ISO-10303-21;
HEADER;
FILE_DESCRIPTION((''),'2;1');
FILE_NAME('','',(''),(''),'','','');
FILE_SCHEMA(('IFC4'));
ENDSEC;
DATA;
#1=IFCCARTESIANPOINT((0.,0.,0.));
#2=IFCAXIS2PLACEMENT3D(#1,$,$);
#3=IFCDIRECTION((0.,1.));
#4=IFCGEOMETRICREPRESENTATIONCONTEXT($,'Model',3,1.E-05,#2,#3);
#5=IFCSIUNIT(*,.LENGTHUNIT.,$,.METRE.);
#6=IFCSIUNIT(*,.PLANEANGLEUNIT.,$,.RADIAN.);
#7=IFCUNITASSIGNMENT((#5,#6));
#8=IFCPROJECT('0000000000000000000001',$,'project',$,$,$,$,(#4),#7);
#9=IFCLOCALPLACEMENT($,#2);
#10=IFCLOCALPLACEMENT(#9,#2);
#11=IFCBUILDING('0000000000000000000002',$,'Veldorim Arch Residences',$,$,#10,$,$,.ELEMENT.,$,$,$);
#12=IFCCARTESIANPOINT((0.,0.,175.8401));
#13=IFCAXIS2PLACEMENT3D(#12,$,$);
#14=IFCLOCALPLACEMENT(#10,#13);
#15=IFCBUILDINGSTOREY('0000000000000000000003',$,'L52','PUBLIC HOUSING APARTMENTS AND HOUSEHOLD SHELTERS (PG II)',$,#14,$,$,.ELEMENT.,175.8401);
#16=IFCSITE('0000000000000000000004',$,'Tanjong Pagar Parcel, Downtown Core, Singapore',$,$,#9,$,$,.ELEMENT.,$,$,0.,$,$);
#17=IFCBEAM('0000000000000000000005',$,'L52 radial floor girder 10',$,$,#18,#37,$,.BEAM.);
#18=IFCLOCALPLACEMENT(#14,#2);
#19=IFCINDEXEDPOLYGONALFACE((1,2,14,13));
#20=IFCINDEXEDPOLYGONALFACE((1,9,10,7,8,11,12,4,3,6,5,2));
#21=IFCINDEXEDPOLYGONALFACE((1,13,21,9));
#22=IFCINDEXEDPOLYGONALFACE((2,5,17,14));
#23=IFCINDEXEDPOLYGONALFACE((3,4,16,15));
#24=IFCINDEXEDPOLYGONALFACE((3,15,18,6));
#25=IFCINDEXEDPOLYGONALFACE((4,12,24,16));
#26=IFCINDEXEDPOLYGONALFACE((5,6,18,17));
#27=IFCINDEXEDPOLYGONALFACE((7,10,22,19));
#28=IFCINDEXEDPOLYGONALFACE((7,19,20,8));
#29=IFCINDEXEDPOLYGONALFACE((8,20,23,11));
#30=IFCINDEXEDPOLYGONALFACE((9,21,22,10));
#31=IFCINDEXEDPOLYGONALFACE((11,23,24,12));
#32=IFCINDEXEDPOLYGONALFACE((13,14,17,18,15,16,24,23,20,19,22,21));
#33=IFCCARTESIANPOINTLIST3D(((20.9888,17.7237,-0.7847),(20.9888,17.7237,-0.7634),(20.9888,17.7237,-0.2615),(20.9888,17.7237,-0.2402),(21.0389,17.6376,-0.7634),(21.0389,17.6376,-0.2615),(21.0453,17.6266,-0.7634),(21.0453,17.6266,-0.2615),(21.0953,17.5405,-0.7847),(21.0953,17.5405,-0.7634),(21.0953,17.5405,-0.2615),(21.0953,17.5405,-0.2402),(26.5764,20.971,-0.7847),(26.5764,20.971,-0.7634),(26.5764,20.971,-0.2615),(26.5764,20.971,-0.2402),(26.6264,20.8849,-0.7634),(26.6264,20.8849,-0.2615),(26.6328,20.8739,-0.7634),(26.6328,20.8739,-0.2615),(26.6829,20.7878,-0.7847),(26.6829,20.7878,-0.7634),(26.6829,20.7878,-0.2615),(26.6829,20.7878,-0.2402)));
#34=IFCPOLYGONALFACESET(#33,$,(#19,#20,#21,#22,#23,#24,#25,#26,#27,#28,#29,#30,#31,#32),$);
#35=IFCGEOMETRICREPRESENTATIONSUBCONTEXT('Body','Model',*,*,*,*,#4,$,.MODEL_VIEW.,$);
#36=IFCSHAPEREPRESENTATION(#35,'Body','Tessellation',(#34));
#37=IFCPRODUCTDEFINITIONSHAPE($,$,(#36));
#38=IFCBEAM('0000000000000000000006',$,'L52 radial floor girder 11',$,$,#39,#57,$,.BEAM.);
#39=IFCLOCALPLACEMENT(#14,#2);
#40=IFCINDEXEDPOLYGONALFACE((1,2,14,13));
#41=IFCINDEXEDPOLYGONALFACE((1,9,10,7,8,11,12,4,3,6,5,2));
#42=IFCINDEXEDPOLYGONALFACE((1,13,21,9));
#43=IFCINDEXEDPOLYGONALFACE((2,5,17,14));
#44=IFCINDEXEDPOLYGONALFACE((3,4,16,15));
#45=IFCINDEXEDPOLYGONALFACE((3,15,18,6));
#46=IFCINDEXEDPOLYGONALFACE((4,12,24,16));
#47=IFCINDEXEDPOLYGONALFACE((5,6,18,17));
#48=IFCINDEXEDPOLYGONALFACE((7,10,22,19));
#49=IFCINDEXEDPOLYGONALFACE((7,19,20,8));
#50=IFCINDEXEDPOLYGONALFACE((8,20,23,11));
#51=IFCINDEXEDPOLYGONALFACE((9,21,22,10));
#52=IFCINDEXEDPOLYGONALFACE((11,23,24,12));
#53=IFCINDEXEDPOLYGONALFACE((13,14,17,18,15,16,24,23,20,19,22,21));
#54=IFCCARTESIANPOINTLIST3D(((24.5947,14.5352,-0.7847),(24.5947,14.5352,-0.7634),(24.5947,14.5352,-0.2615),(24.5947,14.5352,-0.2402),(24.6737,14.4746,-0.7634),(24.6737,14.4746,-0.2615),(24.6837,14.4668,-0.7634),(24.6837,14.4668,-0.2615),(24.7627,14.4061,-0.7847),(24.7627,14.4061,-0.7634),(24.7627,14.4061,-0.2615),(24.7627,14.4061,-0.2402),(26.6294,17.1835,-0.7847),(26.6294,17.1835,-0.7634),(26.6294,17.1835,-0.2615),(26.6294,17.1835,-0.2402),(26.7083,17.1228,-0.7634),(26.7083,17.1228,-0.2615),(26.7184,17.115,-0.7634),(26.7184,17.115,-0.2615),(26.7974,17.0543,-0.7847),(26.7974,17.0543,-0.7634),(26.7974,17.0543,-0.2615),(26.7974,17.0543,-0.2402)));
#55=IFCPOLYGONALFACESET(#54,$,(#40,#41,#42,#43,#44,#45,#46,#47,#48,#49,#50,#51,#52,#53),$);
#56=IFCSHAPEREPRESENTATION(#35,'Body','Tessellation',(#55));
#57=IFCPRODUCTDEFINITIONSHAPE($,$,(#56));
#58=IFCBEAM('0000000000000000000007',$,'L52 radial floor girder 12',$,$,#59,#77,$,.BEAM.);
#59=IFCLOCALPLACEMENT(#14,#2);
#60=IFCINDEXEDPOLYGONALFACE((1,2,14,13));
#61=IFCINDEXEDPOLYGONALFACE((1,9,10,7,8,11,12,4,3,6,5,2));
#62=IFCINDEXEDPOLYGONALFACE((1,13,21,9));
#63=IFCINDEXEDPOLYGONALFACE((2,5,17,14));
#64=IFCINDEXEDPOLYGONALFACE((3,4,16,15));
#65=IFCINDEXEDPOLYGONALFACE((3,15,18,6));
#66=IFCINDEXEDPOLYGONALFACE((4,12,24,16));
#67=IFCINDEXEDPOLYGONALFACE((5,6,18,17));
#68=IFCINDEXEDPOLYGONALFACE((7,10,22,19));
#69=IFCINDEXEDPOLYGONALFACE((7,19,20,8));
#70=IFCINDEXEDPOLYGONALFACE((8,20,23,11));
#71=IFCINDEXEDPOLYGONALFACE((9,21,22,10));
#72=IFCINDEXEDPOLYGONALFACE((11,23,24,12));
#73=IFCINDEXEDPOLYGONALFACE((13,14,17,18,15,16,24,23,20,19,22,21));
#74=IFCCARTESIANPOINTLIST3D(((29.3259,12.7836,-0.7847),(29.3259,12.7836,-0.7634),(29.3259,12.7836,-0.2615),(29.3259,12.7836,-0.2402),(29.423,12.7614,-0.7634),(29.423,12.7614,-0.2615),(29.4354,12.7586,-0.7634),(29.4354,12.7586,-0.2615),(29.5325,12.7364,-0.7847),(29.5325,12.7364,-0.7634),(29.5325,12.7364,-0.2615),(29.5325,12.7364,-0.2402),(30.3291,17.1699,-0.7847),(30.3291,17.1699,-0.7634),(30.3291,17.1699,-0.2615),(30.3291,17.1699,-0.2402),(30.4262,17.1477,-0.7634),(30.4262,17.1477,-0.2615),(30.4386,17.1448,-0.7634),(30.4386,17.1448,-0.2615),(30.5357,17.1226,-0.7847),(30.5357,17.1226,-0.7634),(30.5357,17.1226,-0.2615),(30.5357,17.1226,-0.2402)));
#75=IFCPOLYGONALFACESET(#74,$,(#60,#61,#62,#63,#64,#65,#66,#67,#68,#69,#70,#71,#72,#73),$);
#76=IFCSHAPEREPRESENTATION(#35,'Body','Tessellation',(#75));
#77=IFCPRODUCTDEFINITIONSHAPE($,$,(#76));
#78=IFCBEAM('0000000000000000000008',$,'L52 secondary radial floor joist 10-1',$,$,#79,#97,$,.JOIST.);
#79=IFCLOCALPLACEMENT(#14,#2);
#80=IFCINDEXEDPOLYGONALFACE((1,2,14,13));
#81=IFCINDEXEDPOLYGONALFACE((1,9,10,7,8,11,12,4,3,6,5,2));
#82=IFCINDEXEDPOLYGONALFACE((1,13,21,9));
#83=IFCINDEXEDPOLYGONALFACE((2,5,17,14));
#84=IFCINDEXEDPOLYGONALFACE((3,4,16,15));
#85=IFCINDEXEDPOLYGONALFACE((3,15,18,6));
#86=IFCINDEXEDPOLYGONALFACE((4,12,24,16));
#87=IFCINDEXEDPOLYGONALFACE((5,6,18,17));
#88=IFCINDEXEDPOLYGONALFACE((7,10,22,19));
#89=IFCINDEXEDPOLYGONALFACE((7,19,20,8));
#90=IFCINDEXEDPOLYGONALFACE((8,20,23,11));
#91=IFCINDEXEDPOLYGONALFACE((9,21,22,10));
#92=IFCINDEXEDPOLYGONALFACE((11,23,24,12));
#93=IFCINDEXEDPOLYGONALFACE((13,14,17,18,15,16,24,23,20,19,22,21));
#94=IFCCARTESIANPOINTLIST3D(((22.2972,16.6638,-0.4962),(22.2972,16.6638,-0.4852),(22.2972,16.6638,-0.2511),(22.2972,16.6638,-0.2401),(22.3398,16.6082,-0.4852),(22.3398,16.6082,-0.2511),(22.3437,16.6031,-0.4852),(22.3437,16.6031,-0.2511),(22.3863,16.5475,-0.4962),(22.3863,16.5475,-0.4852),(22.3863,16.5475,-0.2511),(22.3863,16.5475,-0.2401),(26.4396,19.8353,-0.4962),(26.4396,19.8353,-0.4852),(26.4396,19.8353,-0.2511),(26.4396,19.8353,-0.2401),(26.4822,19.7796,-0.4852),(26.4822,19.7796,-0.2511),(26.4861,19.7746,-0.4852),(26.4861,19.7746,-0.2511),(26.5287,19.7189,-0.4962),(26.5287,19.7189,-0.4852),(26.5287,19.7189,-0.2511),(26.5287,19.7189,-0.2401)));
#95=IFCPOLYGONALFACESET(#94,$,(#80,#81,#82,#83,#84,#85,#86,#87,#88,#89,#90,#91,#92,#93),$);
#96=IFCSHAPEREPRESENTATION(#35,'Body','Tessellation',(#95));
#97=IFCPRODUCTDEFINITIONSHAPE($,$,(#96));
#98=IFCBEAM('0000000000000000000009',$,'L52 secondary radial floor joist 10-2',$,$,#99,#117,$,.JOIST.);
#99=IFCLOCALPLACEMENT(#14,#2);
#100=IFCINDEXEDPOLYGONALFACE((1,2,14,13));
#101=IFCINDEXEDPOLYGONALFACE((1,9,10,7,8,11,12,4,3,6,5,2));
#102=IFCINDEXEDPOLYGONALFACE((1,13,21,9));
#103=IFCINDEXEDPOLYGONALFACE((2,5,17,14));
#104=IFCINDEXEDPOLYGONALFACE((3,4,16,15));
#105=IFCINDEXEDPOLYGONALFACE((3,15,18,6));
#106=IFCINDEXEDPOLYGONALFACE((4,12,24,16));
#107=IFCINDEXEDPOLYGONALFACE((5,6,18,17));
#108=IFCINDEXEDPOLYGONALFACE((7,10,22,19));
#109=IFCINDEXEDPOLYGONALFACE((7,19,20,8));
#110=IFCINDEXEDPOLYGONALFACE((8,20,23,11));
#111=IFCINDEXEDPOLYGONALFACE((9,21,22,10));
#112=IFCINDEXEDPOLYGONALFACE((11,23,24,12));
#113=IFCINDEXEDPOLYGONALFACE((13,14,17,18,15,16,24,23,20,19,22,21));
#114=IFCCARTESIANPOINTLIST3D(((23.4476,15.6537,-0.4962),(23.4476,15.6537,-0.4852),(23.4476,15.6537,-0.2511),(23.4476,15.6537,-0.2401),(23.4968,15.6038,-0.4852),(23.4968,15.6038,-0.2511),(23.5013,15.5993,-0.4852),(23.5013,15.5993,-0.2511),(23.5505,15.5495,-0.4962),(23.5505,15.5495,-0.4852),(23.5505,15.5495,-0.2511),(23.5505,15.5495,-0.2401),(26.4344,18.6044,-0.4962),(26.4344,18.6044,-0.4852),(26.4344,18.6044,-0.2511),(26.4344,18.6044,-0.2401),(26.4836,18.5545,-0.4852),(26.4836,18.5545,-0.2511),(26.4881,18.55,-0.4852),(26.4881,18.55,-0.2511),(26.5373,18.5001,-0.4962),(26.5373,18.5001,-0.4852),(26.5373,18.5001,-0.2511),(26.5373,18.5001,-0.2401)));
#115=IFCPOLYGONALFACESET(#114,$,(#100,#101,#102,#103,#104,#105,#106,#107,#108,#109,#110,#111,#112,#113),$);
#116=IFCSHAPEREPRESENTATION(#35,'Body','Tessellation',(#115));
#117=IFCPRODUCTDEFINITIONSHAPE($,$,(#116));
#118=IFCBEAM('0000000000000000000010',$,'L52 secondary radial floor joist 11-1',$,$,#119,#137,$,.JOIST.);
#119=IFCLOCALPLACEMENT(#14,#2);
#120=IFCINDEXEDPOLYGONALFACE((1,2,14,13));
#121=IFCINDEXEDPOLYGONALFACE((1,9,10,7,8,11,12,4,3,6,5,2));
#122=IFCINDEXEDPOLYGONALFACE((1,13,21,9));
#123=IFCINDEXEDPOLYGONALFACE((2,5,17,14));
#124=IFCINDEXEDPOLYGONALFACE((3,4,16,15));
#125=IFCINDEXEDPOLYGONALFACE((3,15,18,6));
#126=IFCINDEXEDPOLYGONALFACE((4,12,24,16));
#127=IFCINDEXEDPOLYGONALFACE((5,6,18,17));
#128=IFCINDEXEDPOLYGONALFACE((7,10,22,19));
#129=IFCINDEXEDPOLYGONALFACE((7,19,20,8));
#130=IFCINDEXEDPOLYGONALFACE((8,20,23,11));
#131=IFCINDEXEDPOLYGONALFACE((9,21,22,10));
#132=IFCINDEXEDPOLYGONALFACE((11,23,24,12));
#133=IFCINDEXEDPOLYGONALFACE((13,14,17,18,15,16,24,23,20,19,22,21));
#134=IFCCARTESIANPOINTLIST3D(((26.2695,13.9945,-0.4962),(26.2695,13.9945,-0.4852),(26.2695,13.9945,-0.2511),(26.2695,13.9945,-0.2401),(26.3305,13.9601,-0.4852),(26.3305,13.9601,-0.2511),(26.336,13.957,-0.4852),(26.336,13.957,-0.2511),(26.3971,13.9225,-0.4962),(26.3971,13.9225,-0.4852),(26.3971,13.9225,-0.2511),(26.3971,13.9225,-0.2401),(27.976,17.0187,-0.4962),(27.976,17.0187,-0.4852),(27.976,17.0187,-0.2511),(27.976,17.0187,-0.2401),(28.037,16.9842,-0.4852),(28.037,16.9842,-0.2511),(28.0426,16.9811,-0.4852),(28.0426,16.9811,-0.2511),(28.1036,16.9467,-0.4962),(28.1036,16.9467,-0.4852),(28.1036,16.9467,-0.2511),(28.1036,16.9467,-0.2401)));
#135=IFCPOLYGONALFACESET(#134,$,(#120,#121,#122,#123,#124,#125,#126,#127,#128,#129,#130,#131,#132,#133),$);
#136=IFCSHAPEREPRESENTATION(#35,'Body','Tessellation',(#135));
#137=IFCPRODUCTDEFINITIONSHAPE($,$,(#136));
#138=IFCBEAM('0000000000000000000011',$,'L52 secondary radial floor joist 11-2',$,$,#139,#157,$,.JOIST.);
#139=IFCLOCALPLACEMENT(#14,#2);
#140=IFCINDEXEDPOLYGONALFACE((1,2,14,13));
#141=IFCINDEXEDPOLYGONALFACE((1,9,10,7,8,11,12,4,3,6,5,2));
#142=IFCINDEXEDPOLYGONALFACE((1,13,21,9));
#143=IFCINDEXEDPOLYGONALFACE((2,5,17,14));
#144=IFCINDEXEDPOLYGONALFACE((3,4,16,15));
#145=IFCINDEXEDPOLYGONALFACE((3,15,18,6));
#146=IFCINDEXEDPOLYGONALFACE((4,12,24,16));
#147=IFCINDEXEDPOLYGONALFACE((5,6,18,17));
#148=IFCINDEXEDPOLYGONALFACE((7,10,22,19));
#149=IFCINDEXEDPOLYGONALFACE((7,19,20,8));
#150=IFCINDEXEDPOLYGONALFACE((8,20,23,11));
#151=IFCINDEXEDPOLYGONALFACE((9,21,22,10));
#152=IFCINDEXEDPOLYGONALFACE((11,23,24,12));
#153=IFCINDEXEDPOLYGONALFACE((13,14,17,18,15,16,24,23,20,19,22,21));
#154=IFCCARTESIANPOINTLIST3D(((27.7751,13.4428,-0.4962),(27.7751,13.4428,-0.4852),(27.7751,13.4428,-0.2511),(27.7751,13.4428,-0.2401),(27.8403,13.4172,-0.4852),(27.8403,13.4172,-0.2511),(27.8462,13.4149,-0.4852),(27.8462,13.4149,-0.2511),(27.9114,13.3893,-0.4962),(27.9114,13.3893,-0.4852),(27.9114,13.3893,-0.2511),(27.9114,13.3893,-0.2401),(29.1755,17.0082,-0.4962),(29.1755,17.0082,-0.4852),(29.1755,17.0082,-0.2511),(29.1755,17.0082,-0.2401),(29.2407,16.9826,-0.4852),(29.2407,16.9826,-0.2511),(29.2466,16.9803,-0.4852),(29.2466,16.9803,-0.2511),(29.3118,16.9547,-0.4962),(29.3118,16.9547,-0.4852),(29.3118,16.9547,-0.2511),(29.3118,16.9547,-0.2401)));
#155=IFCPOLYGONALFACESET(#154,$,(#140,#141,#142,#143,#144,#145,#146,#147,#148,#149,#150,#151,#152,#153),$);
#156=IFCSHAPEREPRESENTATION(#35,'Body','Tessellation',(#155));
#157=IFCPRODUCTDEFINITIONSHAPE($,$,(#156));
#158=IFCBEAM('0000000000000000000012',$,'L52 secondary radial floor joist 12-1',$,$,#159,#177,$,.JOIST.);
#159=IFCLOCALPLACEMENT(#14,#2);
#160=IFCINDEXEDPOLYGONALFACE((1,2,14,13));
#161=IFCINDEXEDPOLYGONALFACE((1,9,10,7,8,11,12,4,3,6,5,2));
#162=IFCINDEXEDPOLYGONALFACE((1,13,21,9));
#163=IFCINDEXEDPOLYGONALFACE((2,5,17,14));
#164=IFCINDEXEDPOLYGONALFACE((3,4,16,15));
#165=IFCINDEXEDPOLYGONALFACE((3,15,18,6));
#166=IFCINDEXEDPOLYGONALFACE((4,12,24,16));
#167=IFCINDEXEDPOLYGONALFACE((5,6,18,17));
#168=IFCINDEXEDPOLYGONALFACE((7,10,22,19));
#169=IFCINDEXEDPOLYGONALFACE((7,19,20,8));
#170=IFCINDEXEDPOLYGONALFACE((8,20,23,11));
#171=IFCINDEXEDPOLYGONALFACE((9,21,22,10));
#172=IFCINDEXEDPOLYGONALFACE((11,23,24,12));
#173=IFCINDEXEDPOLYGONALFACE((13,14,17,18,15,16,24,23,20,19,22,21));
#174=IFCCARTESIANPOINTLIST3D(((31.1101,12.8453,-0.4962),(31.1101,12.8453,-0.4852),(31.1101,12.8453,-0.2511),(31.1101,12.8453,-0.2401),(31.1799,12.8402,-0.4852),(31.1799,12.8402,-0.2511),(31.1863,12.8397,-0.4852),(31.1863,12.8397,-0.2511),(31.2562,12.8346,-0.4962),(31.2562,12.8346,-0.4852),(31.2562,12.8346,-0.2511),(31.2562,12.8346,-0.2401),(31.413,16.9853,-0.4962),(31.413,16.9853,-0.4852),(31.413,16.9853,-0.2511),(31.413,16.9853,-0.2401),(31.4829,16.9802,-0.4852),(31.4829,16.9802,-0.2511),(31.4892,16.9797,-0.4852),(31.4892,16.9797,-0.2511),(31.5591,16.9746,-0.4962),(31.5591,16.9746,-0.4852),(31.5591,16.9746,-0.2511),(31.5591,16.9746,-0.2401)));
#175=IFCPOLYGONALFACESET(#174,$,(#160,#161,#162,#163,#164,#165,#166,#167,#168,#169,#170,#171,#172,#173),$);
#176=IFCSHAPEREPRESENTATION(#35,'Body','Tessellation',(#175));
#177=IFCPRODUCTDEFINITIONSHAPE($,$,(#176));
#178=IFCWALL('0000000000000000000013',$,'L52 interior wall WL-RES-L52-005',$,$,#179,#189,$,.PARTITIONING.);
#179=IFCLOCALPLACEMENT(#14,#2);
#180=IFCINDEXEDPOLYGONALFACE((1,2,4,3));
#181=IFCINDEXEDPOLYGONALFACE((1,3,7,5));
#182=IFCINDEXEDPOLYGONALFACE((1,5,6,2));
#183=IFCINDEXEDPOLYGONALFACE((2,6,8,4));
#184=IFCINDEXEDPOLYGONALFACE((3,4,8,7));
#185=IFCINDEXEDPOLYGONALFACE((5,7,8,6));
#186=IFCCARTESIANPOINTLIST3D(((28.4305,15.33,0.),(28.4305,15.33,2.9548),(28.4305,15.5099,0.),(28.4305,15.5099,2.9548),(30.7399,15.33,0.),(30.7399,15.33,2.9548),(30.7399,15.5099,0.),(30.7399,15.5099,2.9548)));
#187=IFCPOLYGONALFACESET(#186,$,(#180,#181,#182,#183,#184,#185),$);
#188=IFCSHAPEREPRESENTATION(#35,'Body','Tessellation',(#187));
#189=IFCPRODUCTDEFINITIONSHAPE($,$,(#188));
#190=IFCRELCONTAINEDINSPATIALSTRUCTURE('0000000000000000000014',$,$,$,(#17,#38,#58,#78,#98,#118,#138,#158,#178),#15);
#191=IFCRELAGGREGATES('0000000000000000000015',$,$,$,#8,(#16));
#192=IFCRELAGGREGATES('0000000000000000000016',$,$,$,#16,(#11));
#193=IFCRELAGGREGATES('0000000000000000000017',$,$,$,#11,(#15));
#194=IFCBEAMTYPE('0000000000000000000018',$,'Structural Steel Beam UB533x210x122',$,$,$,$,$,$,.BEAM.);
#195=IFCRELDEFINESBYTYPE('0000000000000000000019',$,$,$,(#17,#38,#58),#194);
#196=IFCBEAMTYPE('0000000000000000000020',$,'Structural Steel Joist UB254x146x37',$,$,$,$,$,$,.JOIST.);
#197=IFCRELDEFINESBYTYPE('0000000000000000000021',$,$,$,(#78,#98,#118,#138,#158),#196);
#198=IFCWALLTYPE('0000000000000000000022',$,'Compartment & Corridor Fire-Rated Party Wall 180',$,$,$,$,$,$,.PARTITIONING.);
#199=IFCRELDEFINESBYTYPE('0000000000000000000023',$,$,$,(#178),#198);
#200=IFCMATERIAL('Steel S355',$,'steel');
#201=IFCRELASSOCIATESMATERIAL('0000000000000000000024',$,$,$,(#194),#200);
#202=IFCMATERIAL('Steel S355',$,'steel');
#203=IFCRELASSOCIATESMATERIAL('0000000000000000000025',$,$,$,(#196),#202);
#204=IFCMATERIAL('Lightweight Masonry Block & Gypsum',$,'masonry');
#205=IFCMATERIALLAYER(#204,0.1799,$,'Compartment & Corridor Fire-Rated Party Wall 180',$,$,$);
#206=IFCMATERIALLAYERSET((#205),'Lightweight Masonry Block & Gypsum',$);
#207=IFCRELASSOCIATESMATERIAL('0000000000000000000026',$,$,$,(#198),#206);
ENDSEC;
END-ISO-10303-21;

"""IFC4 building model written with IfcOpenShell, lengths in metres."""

from ifc_helpers import new_model, si_unit, direction, frame, frame_2d, origin, origin_2d, place, context, subcontext, project, spatial, rectangle, i_section, extrude, material, layer, layer_set, material_profile, profile_set, type_object, element, save


model = new_model("IFC4")

# Units and contexts
model_context = context("Model", 3, precision=1e-05, world=origin(), true_north=direction((0.0, 1.0)))
body_context = subcontext(model_context, "Body", "Model", "MODEL_VIEW")
ifc_project = project(units=[si_unit("LENGTHUNIT", "METRE"), si_unit("PLANEANGLEUNIT", "RADIAN")], contexts=[model_context])

# Site, building, storey
site_placement = place(None, origin())
site = spatial("IfcSite", under=ifc_project, at=site_placement, Name="Tanjong Pagar Parcel, Downtown Core, Singapore", CompositionType="ELEMENT", RefElevation=0.0)
building_placement = place(site_placement, origin())
building = spatial("IfcBuilding", under=site, at=building_placement, Name="Veldorim Arch Residences", CompositionType="ELEMENT")
storey_placement = place(building_placement, frame((0.0, 0.0, 175.8401)))
storey = spatial("IfcBuildingStorey", under=building, at=storey_placement, Name="L52", Description="PUBLIC HOUSING APARTMENTS AND HOUSEHOLD SHELTERS (PG II)", CompositionType="ELEMENT", Elevation=175.8401)

# Beams
ifc_material_1 = material(Name="Steel S355", Category="steel")
ifc_material_profile_1 = material_profile(ifc_material_1, i_section(OverallWidth=0.2119, OverallDepth=0.5444, WebThickness=0.0127, FlangeThickness=0.0212, at=origin_2d()), Name="UB533x210x122")
ifc_profile_set_1 = profile_set([ifc_material_profile_1], Name="Steel S355")
beam_type_1 = type_object("IfcBeamType", Name="Structural Steel Beam UB533x210x122", PredefinedType="BEAM", material=ifc_profile_set_1)
beam_1_placement = place(storey_placement, frame((26.6296, 20.8794, -0.5125), z_axis=(-0.864596, -0.502468, 0.0), x_axis=(0.502468, -0.864596, 0.0)))
element("IfcBeam", 1, at=beam_1_placement, inside=storey, type_object=beam_type_1, Name="L52 radial floor girder 10", PredefinedType="BEAM", context=body_context, shape_type="SweptSolid", body=[
    extrude(i_section(OverallWidth=0.2119, OverallDepth=0.5444, WebThickness=0.0127, FlangeThickness=0.0212, at=origin_2d()), origin(), (0.0, 0.0, 1.0), 6.4626),
])
beam_2_placement = place(storey_placement, frame((26.7134, 17.1189, -0.5125), z_axis=(-0.609258, -0.792972, 0.0), x_axis=(0.792972, -0.609258, 0.0)))
element("IfcBeam", 2, at=beam_2_placement, inside=storey, type_object=beam_type_1, Name="L52 radial floor girder 11", PredefinedType="BEAM", context=body_context, shape_type="SweptSolid", body=[
    extrude(i_section(OverallWidth=0.2119, OverallDepth=0.5444, WebThickness=0.0127, FlangeThickness=0.0212, at=origin_2d()), origin(), (0.0, 0.0, 1.0), 3.3396),
])
beam_3_placement = place(storey_placement, frame((30.4324, 17.1462, -0.5125), z_axis=(-0.222953, -0.974829, 0.0), x_axis=(0.974829, -0.222953, 0.0)))
element("IfcBeam", 3, at=beam_3_placement, inside=storey, type_object=beam_type_1, Name="L52 radial floor girder 12", PredefinedType="BEAM", context=body_context, shape_type="SweptSolid", body=[
    extrude(i_section(OverallWidth=0.2119, OverallDepth=0.5444, WebThickness=0.0127, FlangeThickness=0.0212, at=origin_2d()), origin(), (0.0, 0.0, 1.0), 4.4995),
])
ifc_material_2 = material(Name="Steel S355", Category="steel")
ifc_material_profile_2 = material_profile(ifc_material_2, i_section(OverallWidth=0.1465, OverallDepth=0.2561, WebThickness=0.0063, FlangeThickness=0.011, at=origin_2d()), Name="UB254x146x37")
ifc_profile_set_2 = profile_set([ifc_material_profile_2], Name="Steel S355")
beam_type_2 = type_object("IfcBeamType", Name="Structural Steel Joist UB254x146x37", PredefinedType="JOIST", material=ifc_profile_set_2)
beam_4_placement = place(storey_placement, frame((26.4841, 19.7771, -0.3682), z_axis=(-0.794014, -0.6079, 0.0), x_axis=(0.6079, -0.794014, 0.0)))
element("IfcBeam", 4, at=beam_4_placement, inside=storey, type_object=beam_type_2, Name="L52 secondary radial floor joist 10-1", PredefinedType="JOIST", context=body_context, shape_type="SweptSolid", body=[
    extrude(i_section(OverallWidth=0.1465, OverallDepth=0.2561, WebThickness=0.0063, FlangeThickness=0.011, at=origin_2d()), origin(), (0.0, 0.0, 1.0), 5.217),
])
beam_5_placement = place(storey_placement, frame((26.4858, 18.5522, -0.3682), z_axis=(-0.711397, -0.702791, 0.0), x_axis=(0.702791, -0.711397, 0.0)))
element("IfcBeam", 5, at=beam_5_placement, inside=storey, type_object=beam_type_2, Name="L52 secondary radial floor joist 10-2", PredefinedType="JOIST", context=body_context, shape_type="SweptSolid", body=[
    extrude(i_section(OverallWidth=0.1465, OverallDepth=0.2561, WebThickness=0.0063, FlangeThickness=0.011, at=origin_2d()), origin(), (0.0, 0.0, 1.0), 4.1985),
])
beam_6_placement = place(storey_placement, frame((28.0398, 16.9827, -0.3682), z_axis=(-0.491452, -0.870904, 0.0), x_axis=(0.870904, -0.491452, 0.0)))
element("IfcBeam", 6, at=beam_6_placement, inside=storey, type_object=beam_type_2, Name="L52 secondary radial floor joist 11-1", PredefinedType="JOIST", context=body_context, shape_type="SweptSolid", body=[
    extrude(i_section(OverallWidth=0.1465, OverallDepth=0.2561, WebThickness=0.0063, FlangeThickness=0.011, at=origin_2d()), origin(), (0.0, 0.0, 1.0), 3.4724),
])
beam_7_placement = place(storey_placement, frame((29.2437, 16.9814, -0.3682), z_axis=(-0.365581, -0.930779, 0.0), x_axis=(0.930779, -0.365581, 0.0)))
element("IfcBeam", 7, at=beam_7_placement, inside=storey, type_object=beam_type_2, Name="L52 secondary radial floor joist 11-2", PredefinedType="JOIST", context=body_context, shape_type="SweptSolid", body=[
    extrude(i_section(OverallWidth=0.1465, OverallDepth=0.2561, WebThickness=0.0063, FlangeThickness=0.011, at=origin_2d()), origin(), (0.0, 0.0, 1.0), 3.8306),
])
beam_8_placement = place(storey_placement, frame((31.4861, 16.98, -0.3682), z_axis=(-0.072986, -0.997333, 0.0), x_axis=(0.997333, -0.072986, 0.0)))
element("IfcBeam", 8, at=beam_8_placement, inside=storey, type_object=beam_type_2, Name="L52 secondary radial floor joist 12-1", PredefinedType="JOIST", context=body_context, shape_type="SweptSolid", body=[
    extrude(i_section(OverallWidth=0.1465, OverallDepth=0.2561, WebThickness=0.0063, FlangeThickness=0.011, at=origin_2d()), origin(), (0.0, 0.0, 1.0), 4.1511),
])

# Wall
ifc_material_3 = material(Name="Lightweight Masonry Block & Gypsum", Category="masonry")
ifc_layer_1 = layer(ifc_material_3, 0.1799, Name="Compartment & Corridor Fire-Rated Party Wall 180")
ifc_layer_set_1 = layer_set([ifc_layer_1], Name="Lightweight Masonry Block & Gypsum")
wall_type_1 = type_object("IfcWallType", Name="Compartment & Corridor Fire-Rated Party Wall 180", PredefinedType="PARTITIONING", material=ifc_layer_set_1)
wall_1_placement = place(storey_placement, frame((30.74, 15.4199, 0.0), z_axis=(0.0, 0.0, 1.0), x_axis=(-1.0, 0.0, 0.0)))
element("IfcWall", 9, at=wall_1_placement, inside=storey, type_object=wall_type_1, Name="L52 interior wall WL-RES-L52-005", PredefinedType="PARTITIONING", context=body_context, shape_type="SweptSolid", body=[
    extrude(rectangle(XDim=2.3093, YDim=0.1799, at=frame_2d((1.1548, 0.0))), origin(), (0.0, 0.0, 1.0), 2.9548),
])

save(model, "model.ifc")
